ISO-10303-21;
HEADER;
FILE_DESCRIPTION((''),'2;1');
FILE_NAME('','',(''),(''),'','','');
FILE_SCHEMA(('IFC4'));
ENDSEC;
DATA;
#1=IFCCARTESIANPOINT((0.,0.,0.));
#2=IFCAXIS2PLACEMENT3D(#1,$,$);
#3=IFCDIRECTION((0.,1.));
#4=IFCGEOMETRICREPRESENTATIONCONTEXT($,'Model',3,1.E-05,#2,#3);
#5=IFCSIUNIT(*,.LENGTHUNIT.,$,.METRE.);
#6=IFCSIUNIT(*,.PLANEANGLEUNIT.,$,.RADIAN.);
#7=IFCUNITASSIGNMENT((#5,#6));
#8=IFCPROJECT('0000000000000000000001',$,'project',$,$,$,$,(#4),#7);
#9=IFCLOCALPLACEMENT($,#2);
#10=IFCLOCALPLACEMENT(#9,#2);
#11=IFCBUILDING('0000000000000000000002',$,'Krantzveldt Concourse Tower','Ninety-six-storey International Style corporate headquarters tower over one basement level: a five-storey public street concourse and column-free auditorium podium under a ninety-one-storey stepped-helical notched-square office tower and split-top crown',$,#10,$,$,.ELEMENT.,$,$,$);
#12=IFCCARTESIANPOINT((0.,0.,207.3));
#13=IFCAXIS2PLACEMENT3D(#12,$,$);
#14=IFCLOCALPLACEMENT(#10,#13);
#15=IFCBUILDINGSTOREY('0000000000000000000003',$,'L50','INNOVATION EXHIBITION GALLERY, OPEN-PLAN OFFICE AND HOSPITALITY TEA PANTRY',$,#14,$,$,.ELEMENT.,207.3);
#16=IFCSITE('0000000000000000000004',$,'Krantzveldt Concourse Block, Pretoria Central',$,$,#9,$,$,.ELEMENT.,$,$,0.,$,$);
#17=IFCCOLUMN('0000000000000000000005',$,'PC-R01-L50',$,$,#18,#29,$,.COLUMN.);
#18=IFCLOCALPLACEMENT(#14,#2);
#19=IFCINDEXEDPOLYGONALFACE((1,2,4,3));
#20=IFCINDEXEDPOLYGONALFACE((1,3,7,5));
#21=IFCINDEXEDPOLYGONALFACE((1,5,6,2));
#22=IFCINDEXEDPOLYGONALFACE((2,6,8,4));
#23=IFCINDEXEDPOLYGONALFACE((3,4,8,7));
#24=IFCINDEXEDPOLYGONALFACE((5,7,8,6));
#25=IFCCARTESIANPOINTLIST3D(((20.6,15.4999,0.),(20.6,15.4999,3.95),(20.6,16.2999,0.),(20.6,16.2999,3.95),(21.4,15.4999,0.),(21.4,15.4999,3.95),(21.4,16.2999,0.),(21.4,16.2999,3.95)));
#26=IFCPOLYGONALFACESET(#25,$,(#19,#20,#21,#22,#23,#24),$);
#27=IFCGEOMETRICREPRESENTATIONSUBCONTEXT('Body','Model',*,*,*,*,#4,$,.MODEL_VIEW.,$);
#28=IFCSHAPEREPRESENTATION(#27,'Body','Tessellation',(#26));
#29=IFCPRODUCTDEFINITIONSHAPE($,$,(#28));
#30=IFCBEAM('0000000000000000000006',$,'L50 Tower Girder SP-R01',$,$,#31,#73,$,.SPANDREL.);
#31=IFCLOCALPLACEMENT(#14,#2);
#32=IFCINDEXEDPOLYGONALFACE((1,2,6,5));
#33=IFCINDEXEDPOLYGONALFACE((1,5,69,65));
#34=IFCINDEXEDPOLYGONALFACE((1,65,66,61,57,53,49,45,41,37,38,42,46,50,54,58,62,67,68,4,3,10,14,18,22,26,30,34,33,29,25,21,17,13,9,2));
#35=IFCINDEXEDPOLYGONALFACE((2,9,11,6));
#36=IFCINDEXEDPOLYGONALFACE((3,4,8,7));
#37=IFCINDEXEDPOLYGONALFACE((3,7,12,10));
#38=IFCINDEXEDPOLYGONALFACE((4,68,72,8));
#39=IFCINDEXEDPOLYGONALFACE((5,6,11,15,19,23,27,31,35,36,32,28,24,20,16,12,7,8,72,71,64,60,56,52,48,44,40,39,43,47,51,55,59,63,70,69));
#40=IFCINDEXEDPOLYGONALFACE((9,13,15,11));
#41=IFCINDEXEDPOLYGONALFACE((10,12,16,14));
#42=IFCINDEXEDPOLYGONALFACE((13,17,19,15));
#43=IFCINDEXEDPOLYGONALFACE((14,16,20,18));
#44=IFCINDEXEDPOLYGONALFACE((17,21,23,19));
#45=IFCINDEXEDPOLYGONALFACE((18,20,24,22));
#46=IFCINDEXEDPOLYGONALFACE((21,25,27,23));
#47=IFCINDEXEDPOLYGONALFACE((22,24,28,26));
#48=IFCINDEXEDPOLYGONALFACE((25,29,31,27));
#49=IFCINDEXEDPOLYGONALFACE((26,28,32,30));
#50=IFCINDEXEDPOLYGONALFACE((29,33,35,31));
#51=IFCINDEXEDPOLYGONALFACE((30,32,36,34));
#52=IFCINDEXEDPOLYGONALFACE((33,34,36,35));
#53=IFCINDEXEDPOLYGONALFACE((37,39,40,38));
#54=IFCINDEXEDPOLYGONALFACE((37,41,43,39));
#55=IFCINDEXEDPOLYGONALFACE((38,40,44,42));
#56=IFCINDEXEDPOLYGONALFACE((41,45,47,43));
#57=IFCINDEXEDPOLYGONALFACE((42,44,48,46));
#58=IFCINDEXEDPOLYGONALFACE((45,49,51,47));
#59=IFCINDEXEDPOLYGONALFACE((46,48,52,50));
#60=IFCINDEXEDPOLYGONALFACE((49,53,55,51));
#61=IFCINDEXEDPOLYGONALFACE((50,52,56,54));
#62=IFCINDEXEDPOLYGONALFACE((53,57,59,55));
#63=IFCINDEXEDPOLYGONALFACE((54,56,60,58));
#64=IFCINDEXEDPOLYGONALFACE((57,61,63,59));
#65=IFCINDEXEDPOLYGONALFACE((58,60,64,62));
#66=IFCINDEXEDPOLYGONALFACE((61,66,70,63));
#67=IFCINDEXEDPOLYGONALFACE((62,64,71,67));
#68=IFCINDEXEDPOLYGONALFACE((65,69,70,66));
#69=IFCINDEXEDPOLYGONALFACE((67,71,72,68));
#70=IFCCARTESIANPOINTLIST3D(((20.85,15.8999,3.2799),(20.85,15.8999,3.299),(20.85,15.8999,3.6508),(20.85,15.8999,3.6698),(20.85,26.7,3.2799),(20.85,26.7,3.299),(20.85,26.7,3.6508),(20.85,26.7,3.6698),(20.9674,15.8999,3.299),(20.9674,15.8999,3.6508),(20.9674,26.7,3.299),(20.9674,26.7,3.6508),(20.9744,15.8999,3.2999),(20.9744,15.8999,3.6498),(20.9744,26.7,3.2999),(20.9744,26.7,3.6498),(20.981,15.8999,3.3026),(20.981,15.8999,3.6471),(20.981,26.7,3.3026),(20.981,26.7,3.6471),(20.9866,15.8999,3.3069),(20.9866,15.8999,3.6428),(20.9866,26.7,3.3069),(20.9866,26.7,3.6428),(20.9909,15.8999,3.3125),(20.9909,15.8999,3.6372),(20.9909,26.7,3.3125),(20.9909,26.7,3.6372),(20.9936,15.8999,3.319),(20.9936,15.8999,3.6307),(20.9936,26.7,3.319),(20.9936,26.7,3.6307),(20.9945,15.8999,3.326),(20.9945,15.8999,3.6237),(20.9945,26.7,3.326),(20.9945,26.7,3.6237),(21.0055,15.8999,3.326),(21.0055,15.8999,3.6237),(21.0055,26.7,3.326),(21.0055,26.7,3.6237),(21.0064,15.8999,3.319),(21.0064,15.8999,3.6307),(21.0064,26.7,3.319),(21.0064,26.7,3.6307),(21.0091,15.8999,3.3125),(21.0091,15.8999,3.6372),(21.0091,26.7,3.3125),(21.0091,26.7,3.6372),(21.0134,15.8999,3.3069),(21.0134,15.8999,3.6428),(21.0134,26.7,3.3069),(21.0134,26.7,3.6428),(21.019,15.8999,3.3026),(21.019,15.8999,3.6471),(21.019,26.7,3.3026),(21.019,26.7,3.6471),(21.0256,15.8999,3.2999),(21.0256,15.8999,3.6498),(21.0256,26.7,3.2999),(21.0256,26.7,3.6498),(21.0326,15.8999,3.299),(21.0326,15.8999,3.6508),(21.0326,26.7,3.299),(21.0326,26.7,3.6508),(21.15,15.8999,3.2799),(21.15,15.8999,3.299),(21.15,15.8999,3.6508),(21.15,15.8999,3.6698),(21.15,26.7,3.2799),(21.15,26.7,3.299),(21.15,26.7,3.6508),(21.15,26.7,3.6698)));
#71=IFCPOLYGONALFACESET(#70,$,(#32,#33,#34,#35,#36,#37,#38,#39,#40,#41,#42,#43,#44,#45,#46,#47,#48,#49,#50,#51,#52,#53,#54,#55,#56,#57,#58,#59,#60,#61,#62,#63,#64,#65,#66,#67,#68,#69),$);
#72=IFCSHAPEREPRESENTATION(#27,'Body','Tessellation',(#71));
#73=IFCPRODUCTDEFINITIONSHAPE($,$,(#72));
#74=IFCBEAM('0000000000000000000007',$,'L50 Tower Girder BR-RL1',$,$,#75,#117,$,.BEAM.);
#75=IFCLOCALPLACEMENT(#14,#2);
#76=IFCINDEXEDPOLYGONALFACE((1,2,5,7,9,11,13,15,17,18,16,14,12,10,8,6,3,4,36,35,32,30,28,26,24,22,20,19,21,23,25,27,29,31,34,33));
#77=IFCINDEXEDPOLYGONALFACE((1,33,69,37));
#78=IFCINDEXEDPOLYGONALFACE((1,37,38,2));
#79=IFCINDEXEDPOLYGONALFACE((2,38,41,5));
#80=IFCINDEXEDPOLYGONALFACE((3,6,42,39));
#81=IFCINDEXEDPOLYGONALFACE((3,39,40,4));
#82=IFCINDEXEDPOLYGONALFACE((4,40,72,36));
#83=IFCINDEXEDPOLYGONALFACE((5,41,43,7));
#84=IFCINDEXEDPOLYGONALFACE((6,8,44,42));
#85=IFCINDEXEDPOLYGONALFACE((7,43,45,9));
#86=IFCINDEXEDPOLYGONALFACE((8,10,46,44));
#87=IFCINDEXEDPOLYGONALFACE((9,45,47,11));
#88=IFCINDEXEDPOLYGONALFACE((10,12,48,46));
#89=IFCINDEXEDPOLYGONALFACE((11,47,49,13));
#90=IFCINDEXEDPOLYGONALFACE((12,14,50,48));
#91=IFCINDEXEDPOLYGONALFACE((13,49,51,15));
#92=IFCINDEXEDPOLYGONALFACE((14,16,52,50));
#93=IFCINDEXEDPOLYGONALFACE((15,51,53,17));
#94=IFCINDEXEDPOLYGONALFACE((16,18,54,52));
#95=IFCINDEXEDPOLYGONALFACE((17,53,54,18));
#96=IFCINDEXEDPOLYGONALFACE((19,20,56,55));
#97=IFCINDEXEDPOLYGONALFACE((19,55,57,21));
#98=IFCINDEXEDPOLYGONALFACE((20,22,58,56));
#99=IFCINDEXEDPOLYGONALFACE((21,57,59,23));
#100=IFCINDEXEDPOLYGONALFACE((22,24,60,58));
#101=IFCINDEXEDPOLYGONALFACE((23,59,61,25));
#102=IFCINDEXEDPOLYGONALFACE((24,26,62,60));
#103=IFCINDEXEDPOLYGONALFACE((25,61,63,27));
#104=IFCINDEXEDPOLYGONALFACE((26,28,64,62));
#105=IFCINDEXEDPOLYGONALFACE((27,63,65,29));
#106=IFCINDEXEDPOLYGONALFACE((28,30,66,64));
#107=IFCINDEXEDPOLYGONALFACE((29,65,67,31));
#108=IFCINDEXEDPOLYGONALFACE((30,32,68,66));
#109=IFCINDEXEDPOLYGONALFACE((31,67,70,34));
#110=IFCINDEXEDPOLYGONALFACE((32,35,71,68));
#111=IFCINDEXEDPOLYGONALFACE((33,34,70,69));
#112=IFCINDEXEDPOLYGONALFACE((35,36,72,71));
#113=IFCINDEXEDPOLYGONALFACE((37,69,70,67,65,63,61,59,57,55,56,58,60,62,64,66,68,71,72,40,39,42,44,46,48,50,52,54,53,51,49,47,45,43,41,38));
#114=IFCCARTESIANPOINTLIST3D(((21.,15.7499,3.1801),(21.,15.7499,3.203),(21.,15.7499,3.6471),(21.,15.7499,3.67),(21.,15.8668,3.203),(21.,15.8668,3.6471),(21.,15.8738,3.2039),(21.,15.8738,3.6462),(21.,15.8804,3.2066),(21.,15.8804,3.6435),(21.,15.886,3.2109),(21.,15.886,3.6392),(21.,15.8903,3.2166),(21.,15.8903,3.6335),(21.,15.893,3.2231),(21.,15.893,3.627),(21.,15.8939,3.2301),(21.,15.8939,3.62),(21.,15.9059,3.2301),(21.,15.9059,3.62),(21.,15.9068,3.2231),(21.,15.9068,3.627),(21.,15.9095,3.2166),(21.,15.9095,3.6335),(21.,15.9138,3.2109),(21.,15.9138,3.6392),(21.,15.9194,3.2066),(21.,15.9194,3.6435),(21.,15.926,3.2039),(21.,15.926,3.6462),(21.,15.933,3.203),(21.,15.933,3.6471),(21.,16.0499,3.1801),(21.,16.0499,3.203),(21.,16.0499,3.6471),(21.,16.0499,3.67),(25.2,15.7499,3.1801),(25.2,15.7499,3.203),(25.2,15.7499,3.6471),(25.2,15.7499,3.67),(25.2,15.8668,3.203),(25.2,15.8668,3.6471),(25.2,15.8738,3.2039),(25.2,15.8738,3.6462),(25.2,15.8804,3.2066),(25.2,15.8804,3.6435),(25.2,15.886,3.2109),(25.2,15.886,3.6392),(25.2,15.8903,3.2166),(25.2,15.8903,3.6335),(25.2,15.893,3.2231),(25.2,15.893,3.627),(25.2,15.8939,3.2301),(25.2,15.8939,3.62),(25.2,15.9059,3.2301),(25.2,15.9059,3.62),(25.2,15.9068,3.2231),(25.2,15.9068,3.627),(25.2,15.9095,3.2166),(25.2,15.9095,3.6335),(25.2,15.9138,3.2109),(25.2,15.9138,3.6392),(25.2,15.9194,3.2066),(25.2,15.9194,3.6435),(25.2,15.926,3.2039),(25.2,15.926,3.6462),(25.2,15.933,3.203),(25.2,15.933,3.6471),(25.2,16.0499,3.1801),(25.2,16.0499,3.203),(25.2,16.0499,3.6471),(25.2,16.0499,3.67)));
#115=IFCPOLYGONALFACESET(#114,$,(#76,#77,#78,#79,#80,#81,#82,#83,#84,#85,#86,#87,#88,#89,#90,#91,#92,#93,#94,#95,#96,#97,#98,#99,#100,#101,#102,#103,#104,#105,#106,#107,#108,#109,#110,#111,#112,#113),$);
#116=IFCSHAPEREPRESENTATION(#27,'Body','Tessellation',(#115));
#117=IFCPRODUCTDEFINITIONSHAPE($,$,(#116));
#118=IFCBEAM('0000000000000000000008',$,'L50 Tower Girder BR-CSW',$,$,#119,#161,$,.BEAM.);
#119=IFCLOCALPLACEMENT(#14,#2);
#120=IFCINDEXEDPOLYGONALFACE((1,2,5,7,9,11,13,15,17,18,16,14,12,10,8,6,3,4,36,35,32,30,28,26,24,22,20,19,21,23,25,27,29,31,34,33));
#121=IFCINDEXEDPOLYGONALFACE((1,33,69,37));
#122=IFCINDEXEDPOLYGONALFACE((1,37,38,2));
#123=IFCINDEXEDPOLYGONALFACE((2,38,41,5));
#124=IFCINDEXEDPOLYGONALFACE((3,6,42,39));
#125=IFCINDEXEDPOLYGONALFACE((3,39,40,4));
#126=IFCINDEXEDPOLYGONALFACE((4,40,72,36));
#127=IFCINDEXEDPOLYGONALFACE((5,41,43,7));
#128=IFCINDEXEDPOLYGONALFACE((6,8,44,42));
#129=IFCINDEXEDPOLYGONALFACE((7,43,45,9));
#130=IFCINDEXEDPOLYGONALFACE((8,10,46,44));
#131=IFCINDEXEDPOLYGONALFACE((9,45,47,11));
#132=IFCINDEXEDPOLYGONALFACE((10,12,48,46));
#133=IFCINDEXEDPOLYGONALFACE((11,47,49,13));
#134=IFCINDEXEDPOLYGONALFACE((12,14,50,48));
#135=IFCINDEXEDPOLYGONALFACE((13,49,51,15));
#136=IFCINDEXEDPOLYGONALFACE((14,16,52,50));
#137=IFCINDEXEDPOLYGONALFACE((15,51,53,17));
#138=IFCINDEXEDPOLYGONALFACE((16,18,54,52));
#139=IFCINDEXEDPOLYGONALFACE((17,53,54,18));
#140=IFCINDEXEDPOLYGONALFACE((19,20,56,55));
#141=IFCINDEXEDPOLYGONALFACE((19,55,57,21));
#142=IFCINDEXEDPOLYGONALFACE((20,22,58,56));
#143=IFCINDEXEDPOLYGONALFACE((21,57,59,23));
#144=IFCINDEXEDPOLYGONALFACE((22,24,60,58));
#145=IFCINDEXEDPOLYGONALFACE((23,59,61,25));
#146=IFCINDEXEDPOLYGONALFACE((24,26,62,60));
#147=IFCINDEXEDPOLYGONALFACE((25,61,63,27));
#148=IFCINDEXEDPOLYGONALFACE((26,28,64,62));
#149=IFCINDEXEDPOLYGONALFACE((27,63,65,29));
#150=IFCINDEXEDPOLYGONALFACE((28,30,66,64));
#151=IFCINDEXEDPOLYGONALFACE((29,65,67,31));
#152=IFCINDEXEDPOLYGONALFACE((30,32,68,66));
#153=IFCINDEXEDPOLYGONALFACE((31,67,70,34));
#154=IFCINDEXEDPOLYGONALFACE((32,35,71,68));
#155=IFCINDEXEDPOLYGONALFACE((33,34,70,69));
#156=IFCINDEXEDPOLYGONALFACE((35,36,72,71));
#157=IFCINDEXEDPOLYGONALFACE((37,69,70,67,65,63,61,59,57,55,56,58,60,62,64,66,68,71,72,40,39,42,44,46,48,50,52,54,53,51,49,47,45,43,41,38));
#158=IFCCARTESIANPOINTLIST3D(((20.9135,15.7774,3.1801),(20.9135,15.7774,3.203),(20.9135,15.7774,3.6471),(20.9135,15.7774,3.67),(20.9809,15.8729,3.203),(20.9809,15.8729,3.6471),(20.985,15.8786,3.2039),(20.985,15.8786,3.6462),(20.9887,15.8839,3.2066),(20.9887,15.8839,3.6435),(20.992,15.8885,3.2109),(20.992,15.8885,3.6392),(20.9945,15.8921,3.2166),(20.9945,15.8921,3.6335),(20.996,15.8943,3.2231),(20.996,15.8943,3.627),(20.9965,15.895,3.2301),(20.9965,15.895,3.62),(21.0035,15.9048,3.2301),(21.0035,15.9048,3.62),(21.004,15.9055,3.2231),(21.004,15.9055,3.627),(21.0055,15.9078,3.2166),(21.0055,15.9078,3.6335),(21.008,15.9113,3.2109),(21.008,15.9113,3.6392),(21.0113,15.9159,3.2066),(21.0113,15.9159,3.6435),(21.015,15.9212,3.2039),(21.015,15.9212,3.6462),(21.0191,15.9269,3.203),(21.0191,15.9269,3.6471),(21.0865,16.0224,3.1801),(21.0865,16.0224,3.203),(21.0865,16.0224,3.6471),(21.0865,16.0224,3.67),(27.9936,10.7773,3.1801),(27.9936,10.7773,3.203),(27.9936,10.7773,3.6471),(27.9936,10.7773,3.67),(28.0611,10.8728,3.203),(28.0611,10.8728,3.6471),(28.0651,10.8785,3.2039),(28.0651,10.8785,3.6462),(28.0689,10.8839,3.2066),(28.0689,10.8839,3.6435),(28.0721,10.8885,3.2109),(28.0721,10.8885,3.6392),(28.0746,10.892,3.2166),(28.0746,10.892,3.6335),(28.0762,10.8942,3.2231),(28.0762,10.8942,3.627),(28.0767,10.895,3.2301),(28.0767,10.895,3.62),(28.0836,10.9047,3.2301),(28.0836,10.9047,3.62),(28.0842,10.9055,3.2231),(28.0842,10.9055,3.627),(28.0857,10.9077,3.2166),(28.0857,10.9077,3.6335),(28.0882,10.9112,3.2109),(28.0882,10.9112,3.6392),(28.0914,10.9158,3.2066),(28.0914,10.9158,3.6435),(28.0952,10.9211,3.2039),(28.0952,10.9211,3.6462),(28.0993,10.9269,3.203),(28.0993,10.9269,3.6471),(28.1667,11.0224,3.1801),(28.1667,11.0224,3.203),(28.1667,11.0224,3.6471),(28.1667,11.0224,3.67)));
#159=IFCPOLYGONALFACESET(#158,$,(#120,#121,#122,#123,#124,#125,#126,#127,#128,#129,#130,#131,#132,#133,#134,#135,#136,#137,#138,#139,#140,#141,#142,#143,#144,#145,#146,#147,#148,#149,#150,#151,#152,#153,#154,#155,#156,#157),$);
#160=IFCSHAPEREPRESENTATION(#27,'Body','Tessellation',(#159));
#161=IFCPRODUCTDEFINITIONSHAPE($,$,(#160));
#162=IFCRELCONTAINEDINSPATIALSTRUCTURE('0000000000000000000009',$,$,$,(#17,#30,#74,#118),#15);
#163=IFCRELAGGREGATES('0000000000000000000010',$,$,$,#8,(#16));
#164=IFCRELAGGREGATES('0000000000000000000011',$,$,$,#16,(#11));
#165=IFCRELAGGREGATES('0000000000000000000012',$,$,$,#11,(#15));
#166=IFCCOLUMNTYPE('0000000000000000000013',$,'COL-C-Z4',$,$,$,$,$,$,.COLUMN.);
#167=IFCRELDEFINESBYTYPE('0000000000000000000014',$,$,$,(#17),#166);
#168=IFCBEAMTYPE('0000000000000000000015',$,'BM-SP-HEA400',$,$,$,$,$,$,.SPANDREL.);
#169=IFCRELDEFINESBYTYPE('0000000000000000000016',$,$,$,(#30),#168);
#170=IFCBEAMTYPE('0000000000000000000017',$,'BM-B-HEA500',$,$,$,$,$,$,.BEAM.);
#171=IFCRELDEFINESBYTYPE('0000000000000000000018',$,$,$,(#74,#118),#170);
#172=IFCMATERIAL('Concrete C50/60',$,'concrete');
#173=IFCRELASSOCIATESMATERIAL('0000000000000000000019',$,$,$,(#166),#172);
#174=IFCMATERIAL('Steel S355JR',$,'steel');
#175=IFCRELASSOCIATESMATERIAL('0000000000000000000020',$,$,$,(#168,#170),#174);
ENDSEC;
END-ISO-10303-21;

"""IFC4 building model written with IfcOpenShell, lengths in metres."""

from ifc_helpers import new_model, si_unit, direction, frame, origin, origin_2d, place, context, subcontext, project, spatial, rectangle, i_section, extrude, source, transform, mapped, material, material_profile, profile_set, type_object, type_shapes, element, save


model = new_model("IFC4")

# Units and contexts
model_context = context("Model", 3, precision=1e-05, world=origin(), true_north=direction((0.0, 1.0)))
body_context = subcontext(model_context, "Body", "Model", "MODEL_VIEW")
ifc_project = project(units=[si_unit("LENGTHUNIT", "METRE"), si_unit("PLANEANGLEUNIT", "RADIAN")], contexts=[model_context])

# Site, building, storey
site_placement = place(None, origin())
site = spatial("IfcSite", under=ifc_project, at=site_placement, Name="Krantzveldt Concourse Block, Pretoria Central", CompositionType="ELEMENT", RefElevation=0.0)
building_placement = place(site_placement, origin())
building = spatial("IfcBuilding", under=site, at=building_placement, Name="Krantzveldt Concourse Tower", Description="Ninety-six-storey International Style corporate headquarters tower over one basement level: a five-storey public street concourse and column-free auditorium podium under a ninety-one-storey stepped-helical notched-square office tower and split-top crown", CompositionType="ELEMENT")
storey_placement = place(building_placement, frame((0.0, 0.0, 207.3)))
storey = spatial("IfcBuildingStorey", under=building, at=storey_placement, Name="L50", Description="INNOVATION EXHIBITION GALLERY, OPEN-PLAN OFFICE AND HOSPITALITY TEA PANTRY", CompositionType="ELEMENT", Elevation=207.3)

# Column
ifc_material_1 = material(Name="Concrete C50/60", Category="concrete")
ifc_material_profile_1 = material_profile(ifc_material_1, rectangle(XDim=0.8, YDim=0.8, at=origin_2d()), Name="Concrete C50/60", Category="concrete")
ifc_profile_set_1 = profile_set([ifc_material_profile_1], Name="Concrete C50/60 - RC 800x800")
column_type = type_object("IfcColumnType", Name="COL-C-Z4", PredefinedType="COLUMN", material=ifc_profile_set_1)
shared_shape_1 = source(origin(), body_context, "Body", "SweptSolid", [
    extrude(rectangle(XDim=0.8, YDim=0.8, at=origin_2d()), origin(), (0.0, 0.0, 1.0), 3.95),
])
type_shapes(column_type, [shared_shape_1])
column_placement = place(storey_placement, frame((21.0, 15.8999, 0.0), z_axis=(0.0, 0.0, 1.0), x_axis=(1.0, 0.0, 0.0)))
element("IfcColumn", 1, at=column_placement, inside=storey, type_object=column_type, Name="PC-R01-L50", PredefinedType="COLUMN", context=body_context, shape_type="MappedRepresentation", body=[
    mapped(shared_shape_1, transform((0.0, 0.0, 0.0), x_axis=(1.0, 0.0, 0.0), y_axis=(0.0, 1.0, 0.0), z_axis=(0.0, 0.0, 1.0), scale=1.0)),
])

# Beams
ifc_material_2 = material(Name="Steel S355JR", Category="steel")
ifc_material_profile_2 = material_profile(ifc_material_2, i_section(OverallWidth=0.3, OverallDepth=0.3899, WebThickness=0.011, FlangeThickness=0.019, FilletRadius=0.0271, at=origin_2d()), Name="Steel S355JR", Category="steel")
ifc_profile_set_2 = profile_set([ifc_material_profile_2], Name="Steel S355JR - HEA 400")
beam_type_1 = type_object("IfcBeamType", Name="BM-SP-HEA400", PredefinedType="SPANDREL", material=ifc_profile_set_2)
shared_shape_2 = source(origin(), body_context, "Body", "SweptSolid", [
    extrude(i_section(OverallWidth=0.3, OverallDepth=0.3899, WebThickness=0.011, FlangeThickness=0.019, FilletRadius=0.0271, at=origin_2d()), origin(), (0.0, 0.0, 1.0), 10.8),
])
type_shapes(beam_type_1, [shared_shape_2])
beam_1_placement = place(storey_placement, frame((21.0, 15.8999, 3.4749), z_axis=(0.0, 1.0, 0.0), x_axis=(-1.0, 0.0, 0.0)))
element("IfcBeam", 2, at=beam_1_placement, inside=storey, type_object=beam_type_1, Name="L50 Tower Girder SP-R01", PredefinedType="SPANDREL", context=body_context, shape_type="MappedRepresentation", body=[
    mapped(shared_shape_2, transform((0.0, 0.0, 0.0), x_axis=(1.0, 0.0, 0.0), y_axis=(0.0, 1.0, 0.0), z_axis=(0.0, 0.0, 1.0), scale=1.0)),
])
ifc_material_profile_3 = material_profile(ifc_material_2, i_section(OverallWidth=0.3, OverallDepth=0.49, WebThickness=0.012, FlangeThickness=0.0229, FilletRadius=0.0271, at=origin_2d()), Name="Steel S355JR", Category="steel")
ifc_profile_set_3 = profile_set([ifc_material_profile_3], Name="Steel S355JR - HEA 500")
beam_type_2 = type_object("IfcBeamType", Name="BM-B-HEA500", PredefinedType="BEAM", material=ifc_profile_set_3)
shared_shape_3 = source(origin(), body_context, "Body", "SweptSolid", [
    extrude(i_section(OverallWidth=0.3, OverallDepth=0.49, WebThickness=0.012, FlangeThickness=0.0229, FilletRadius=0.0271, at=origin_2d()), origin(), (0.0, 0.0, 1.0), 4.2),
])
beam_2_placement = place(storey_placement, frame((21.0, 15.8999, 3.425), z_axis=(1.0, 0.0, 0.0), x_axis=(0.0, 1.0, 0.0)))
element("IfcBeam", 3, at=beam_2_placement, inside=storey, type_object=beam_type_2, Name="L50 Tower Girder BR-RL1", PredefinedType="BEAM", context=body_context, shape_type="MappedRepresentation", body=[
    mapped(shared_shape_3, transform((0.0, 0.0, 0.0), x_axis=(1.0, 0.0, 0.0), y_axis=(0.0, 1.0, 0.0), z_axis=(0.0, 0.0, 1.0), scale=1.0)),
])
shared_shape_4 = source(origin(), body_context, "Body", "SweptSolid", [
    extrude(i_section(OverallWidth=0.3, OverallDepth=0.49, WebThickness=0.012, FlangeThickness=0.0229, FilletRadius=0.0271, at=origin_2d()), origin(), (0.0, 0.0, 1.0), 8.6677),
])
type_shapes(beam_type_2, [shared_shape_3, shared_shape_4])
beam_3_placement = place(storey_placement, frame((21.0, 15.8999, 3.425), z_axis=(0.816843, -0.57686, 0.0), x_axis=(0.57686, 0.816843, 0.0)))
element("IfcBeam", 4, at=beam_3_placement, inside=storey, type_object=beam_type_2, Name="L50 Tower Girder BR-CSW", PredefinedType="BEAM", context=body_context, shape_type="MappedRepresentation", body=[
    mapped(shared_shape_4, transform((0.0, 0.0, 0.0), x_axis=(1.0, 0.0, 0.0), y_axis=(0.0, 1.0, 0.0), z_axis=(0.0, 0.0, 1.0), scale=1.0)),
])

save(model, "model.ifc")
